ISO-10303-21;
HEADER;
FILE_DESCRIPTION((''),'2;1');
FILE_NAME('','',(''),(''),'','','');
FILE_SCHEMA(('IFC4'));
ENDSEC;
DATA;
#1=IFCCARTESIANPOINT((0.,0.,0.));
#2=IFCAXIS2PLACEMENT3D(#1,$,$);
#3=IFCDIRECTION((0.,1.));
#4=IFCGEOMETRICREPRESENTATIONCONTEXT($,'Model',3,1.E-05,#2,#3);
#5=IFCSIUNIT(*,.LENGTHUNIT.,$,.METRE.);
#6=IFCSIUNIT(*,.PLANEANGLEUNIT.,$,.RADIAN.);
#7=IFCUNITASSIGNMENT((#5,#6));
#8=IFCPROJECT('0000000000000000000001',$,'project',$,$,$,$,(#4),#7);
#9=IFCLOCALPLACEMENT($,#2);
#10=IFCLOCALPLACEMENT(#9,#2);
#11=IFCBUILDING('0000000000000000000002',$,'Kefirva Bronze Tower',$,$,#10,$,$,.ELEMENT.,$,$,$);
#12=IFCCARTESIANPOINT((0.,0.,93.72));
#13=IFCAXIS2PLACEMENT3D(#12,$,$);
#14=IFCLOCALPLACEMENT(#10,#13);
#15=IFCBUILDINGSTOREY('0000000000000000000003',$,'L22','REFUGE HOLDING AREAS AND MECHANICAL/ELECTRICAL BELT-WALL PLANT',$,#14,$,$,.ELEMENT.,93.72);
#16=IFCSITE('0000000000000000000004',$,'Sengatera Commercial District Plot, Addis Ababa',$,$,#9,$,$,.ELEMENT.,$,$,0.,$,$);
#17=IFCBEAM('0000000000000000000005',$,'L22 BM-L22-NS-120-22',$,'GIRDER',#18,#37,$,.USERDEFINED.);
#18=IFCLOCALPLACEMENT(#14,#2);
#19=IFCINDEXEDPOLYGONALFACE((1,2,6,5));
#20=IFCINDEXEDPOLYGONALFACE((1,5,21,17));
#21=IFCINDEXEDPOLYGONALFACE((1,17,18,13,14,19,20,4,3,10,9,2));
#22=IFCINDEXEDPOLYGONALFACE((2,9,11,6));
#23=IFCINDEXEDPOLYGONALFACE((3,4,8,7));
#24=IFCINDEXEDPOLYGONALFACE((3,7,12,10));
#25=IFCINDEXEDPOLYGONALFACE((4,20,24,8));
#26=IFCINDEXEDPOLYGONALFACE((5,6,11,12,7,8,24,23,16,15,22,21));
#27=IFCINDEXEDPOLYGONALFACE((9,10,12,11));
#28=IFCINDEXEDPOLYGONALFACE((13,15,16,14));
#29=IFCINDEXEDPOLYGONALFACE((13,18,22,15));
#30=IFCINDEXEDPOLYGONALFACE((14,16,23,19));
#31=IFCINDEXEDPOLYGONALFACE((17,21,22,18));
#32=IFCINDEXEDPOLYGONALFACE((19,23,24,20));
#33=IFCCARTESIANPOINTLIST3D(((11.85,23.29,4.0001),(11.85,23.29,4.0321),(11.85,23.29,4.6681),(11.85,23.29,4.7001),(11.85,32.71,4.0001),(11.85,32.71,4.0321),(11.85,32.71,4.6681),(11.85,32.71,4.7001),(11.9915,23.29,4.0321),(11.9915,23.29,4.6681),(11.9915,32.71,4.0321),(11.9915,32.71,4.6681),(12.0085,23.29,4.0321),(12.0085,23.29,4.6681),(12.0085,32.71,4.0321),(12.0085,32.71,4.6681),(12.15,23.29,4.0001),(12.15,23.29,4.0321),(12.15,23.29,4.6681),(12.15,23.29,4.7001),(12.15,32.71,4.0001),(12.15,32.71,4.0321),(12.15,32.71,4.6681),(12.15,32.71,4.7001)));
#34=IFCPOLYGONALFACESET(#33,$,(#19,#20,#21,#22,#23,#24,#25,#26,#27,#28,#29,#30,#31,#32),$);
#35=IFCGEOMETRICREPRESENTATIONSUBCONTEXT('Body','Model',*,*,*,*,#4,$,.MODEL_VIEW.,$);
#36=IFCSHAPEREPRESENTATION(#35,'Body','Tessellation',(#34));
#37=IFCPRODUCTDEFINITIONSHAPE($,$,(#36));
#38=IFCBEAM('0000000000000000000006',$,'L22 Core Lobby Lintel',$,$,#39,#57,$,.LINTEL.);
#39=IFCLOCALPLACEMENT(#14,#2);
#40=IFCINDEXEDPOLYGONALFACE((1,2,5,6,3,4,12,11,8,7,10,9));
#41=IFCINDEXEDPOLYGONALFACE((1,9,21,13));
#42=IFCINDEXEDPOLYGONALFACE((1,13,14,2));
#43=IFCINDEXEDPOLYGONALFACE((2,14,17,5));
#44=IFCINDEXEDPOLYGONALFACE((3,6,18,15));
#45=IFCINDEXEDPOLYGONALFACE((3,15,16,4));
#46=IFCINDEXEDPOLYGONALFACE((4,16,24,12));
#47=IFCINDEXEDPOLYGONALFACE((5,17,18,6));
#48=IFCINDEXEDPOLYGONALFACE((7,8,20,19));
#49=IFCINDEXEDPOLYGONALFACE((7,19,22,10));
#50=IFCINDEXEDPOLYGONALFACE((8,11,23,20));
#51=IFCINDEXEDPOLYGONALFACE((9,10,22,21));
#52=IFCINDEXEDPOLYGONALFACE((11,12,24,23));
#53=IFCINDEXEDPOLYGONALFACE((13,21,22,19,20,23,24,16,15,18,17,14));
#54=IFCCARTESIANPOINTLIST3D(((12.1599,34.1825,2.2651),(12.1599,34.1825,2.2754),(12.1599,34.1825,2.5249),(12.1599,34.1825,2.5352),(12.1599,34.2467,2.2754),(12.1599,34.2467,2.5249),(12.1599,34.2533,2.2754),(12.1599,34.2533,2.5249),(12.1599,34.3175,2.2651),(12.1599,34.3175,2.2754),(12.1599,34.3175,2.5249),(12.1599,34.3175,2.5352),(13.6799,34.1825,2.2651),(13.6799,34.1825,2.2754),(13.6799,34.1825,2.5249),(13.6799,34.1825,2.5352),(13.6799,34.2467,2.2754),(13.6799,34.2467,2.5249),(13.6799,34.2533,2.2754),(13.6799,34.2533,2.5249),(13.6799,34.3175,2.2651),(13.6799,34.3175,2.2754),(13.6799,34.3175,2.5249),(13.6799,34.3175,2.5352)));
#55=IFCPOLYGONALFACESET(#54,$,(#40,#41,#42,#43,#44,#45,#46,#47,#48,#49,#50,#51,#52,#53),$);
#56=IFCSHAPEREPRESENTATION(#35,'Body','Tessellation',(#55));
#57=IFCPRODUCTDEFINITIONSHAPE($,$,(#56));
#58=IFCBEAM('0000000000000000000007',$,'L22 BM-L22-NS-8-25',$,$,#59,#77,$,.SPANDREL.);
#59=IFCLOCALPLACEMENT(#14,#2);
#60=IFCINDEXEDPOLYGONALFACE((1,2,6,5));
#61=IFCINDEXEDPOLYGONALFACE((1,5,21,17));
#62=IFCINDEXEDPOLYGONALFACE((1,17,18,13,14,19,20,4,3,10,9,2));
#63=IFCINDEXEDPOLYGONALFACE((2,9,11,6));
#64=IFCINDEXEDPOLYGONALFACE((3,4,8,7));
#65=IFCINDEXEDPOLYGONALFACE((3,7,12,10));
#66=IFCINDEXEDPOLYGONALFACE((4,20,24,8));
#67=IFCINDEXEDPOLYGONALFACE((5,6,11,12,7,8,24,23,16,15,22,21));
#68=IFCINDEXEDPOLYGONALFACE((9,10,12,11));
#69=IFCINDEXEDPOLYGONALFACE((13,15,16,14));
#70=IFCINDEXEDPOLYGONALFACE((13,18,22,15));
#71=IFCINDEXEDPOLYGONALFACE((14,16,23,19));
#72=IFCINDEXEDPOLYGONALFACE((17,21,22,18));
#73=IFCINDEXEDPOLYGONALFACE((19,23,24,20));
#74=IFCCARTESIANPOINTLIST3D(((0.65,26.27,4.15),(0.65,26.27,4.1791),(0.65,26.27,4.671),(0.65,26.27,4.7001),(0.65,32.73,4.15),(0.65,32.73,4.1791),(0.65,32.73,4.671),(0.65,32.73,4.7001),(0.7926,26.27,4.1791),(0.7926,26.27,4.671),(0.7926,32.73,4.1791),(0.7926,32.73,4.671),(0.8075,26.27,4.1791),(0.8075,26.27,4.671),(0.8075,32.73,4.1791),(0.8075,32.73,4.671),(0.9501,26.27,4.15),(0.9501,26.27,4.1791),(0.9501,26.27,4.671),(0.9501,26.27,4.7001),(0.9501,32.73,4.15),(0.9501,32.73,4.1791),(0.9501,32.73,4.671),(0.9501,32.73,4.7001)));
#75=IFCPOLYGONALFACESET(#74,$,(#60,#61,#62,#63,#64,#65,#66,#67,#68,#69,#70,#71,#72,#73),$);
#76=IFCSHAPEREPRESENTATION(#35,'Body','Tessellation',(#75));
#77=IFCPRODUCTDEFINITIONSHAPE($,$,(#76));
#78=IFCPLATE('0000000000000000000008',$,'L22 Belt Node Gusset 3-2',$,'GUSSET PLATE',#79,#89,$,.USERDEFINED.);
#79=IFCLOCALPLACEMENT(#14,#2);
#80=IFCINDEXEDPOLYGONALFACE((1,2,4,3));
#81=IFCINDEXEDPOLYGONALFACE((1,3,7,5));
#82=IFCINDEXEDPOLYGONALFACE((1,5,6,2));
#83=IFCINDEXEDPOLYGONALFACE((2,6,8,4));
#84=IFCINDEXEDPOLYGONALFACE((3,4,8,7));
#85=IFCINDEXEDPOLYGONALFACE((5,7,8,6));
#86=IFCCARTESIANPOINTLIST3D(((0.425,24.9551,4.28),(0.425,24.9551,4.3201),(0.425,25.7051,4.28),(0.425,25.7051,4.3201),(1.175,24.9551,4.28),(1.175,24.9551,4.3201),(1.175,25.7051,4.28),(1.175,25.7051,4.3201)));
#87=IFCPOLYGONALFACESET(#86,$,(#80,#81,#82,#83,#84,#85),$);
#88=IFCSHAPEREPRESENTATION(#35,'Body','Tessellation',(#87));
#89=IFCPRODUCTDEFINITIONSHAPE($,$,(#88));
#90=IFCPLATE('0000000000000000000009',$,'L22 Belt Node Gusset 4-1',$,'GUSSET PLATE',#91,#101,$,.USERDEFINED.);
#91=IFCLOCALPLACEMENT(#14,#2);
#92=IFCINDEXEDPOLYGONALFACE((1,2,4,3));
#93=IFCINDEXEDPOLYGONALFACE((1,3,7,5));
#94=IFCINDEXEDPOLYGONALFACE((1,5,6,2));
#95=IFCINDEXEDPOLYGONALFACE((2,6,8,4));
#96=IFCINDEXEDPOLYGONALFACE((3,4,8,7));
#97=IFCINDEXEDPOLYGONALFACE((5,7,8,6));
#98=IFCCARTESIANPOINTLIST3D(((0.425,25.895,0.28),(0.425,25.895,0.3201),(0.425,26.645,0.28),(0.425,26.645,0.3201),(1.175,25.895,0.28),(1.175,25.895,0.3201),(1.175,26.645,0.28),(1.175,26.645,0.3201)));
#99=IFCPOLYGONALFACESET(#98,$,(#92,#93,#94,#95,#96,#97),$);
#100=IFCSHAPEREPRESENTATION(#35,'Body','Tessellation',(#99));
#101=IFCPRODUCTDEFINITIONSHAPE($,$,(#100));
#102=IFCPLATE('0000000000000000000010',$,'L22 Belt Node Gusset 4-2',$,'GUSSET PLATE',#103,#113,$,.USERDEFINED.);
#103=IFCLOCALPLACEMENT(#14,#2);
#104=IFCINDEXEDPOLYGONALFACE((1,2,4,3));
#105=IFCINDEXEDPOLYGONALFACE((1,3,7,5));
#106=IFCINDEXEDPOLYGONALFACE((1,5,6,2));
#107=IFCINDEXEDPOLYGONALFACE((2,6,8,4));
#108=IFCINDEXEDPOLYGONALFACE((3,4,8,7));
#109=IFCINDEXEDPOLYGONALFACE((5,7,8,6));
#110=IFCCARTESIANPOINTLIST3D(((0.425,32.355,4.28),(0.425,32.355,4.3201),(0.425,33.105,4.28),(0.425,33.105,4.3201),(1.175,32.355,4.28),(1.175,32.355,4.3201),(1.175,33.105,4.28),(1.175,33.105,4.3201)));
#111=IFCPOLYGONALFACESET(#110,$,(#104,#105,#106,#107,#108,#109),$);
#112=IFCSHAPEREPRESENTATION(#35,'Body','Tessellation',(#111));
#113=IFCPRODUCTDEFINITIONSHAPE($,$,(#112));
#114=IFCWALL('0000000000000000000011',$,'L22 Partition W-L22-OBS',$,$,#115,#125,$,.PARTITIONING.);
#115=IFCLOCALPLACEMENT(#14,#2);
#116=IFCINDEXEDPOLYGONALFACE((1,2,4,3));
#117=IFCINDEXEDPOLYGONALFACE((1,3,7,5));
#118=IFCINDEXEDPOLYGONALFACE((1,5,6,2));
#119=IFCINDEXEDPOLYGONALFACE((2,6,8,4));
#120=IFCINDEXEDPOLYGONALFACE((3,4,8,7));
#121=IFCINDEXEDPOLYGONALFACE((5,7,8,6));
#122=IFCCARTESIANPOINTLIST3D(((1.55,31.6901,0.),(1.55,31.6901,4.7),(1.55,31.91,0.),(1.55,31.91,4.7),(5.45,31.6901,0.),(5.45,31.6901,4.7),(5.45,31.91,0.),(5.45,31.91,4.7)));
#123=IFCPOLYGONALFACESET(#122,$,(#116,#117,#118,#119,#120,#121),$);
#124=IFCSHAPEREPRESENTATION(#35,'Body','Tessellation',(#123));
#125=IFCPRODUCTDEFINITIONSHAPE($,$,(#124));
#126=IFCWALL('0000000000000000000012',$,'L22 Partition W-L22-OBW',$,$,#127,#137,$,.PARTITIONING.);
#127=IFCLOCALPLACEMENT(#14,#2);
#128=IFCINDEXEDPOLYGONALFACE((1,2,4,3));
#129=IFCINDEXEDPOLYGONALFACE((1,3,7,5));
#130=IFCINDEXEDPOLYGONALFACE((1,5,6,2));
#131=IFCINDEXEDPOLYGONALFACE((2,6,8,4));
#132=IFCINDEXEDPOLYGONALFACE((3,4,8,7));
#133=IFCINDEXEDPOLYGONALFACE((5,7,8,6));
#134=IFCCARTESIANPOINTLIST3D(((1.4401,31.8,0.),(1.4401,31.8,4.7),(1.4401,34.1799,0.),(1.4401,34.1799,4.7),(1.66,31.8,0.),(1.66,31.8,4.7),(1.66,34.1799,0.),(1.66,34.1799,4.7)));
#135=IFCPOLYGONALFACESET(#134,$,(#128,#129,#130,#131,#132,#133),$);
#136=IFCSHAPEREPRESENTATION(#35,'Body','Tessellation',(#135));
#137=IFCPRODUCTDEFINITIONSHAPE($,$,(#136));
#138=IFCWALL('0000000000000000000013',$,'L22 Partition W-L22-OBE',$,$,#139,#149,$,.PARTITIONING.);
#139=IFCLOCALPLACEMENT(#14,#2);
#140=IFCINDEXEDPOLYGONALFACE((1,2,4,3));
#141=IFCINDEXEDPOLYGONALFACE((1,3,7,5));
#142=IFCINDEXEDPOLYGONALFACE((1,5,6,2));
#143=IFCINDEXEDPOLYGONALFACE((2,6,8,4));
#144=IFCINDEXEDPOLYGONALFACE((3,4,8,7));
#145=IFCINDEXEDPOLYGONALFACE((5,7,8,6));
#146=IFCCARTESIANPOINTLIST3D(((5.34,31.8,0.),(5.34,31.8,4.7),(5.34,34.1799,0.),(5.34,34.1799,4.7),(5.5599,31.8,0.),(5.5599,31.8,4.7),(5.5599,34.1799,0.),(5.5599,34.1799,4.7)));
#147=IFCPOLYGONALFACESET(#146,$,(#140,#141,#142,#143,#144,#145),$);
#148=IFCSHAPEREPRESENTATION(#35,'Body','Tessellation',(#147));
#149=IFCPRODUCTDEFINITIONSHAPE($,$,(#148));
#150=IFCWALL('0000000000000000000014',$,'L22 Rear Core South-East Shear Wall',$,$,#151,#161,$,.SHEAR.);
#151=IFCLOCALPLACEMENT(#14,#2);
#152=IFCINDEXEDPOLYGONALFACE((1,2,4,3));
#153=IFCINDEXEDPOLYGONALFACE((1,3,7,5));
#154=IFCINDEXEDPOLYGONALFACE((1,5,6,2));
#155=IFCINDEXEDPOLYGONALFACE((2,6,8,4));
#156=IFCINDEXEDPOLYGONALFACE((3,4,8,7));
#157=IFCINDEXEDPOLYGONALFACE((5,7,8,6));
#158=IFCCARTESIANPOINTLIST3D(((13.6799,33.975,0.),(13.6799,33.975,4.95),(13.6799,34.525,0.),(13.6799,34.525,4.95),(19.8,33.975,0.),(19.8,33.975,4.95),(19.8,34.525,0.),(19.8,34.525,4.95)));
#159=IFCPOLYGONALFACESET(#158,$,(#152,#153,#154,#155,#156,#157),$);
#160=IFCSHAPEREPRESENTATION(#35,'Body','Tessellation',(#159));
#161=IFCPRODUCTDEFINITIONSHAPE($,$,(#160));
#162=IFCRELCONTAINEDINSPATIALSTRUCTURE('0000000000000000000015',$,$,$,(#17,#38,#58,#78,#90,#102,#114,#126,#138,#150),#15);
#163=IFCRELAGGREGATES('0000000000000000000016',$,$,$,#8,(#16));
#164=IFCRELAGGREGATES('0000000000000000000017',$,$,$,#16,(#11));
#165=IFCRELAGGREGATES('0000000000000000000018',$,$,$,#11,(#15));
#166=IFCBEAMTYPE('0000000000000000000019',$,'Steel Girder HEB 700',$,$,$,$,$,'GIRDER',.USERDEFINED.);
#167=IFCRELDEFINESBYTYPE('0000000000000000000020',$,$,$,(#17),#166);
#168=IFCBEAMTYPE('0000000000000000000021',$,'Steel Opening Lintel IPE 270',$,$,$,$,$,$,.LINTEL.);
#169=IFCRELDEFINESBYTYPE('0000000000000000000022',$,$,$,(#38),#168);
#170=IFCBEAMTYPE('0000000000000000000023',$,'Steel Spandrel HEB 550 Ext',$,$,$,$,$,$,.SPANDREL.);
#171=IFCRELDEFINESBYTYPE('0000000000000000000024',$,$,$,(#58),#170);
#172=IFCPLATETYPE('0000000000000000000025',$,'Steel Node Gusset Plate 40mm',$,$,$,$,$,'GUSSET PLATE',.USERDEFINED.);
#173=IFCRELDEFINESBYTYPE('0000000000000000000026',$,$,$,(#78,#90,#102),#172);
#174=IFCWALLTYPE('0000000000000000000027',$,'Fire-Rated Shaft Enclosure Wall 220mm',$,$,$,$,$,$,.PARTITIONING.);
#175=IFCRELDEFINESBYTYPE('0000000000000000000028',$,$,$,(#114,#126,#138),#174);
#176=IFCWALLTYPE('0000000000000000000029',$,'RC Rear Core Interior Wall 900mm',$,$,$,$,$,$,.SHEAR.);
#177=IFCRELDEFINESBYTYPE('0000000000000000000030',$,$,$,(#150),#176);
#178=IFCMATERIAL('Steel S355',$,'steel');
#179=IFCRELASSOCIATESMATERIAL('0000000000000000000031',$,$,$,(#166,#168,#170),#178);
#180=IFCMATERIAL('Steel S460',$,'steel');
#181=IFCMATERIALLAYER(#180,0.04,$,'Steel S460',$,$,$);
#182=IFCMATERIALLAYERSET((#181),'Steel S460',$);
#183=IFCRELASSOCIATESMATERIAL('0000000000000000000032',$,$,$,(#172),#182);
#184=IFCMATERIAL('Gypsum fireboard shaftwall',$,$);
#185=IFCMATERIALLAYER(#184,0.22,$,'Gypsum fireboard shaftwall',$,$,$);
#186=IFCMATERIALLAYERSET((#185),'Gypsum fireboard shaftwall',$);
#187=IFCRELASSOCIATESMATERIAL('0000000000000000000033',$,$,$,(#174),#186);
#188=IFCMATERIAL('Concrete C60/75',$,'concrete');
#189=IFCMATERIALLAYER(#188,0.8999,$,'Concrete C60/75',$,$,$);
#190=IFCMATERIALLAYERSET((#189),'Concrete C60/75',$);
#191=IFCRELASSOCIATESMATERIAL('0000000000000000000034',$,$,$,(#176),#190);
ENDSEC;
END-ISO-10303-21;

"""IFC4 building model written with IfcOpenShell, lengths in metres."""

from ifc_helpers import new_model, si_unit, direction, frame, frame_2d, origin, origin_2d, place, context, subcontext, project, spatial, rectangle, i_section, extrude, material, layer, layer_set, material_profile, profile_set, type_object, element, save


model = new_model("IFC4")

# Units and contexts
model_context = context("Model", 3, precision=1e-05, world=origin(), true_north=direction((0.0, 1.0)))
body_context = subcontext(model_context, "Body", "Model", "MODEL_VIEW")
ifc_project = project(units=[si_unit("LENGTHUNIT", "METRE"), si_unit("PLANEANGLEUNIT", "RADIAN")], contexts=[model_context])

# Site, building, storey
site_placement = place(None, origin())
site = spatial("IfcSite", under=ifc_project, at=site_placement, Name="Sengatera Commercial District Plot, Addis Ababa", CompositionType="ELEMENT", RefElevation=0.0)
building_placement = place(site_placement, origin())
building = spatial("IfcBuilding", under=site, at=building_placement, Name="Kefirva Bronze Tower", CompositionType="ELEMENT")
storey_placement = place(building_placement, frame((0.0, 0.0, 93.72)))
storey = spatial("IfcBuildingStorey", under=building, at=storey_placement, Name="L22", Description="REFUGE HOLDING AREAS AND MECHANICAL/ELECTRICAL BELT-WALL PLANT", CompositionType="ELEMENT", Elevation=93.72)

# Shared definitions
ifc_material_1 = material(Name="Concrete C60/75", Category="concrete")

# Shared definitions
ifc_material_2 = material(Name="Steel S460", Category="steel")

# Beams
ifc_material_3 = material(Name="Steel S355", Category="steel")
ifc_material_profile_1 = material_profile(ifc_material_3, i_section(OverallWidth=0.3, OverallDepth=0.7, WebThickness=0.0171, FlangeThickness=0.032, at=origin_2d()), Name="HEB 700")
ifc_profile_set_1 = profile_set([ifc_material_profile_1], Name="Steel S355")
beam_type_1 = type_object("IfcBeamType", Name="Steel Girder HEB 700", ElementType="GIRDER", PredefinedType="USERDEFINED", material=ifc_profile_set_1)
beam_1_placement = place(storey_placement, frame((12.0, 23.29, 4.3501), z_axis=(0.0, 1.0, 0.0), x_axis=(-1.0, 0.0, 0.0)))
element("IfcBeam", 1, at=beam_1_placement, inside=storey, type_object=beam_type_1, Name="L22 BM-L22-NS-120-22", ObjectType="GIRDER", PredefinedType="USERDEFINED", context=body_context, shape_type="SweptSolid", body=[
    extrude(i_section(OverallWidth=0.3, OverallDepth=0.7, WebThickness=0.0171, FlangeThickness=0.032, at=origin_2d()), origin(), (0.0, 0.0, 1.0), 9.4199),
])
ifc_material_profile_2 = material_profile(ifc_material_3, i_section(OverallWidth=0.135, OverallDepth=0.27, WebThickness=0.0066, FlangeThickness=0.0103, at=origin_2d()), Name="IPE 270")
ifc_profile_set_2 = profile_set([ifc_material_profile_2], Name="Steel S355")
beam_type_2 = type_object("IfcBeamType", Name="Steel Opening Lintel IPE 270", PredefinedType="LINTEL", material=ifc_profile_set_2)
beam_2_placement = place(storey_placement, frame((12.1599, 34.25, 2.4001), z_axis=(1.0, 0.0, 0.0), x_axis=(0.0, 1.0, 0.0)))
element("IfcBeam", 2, at=beam_2_placement, inside=storey, type_object=beam_type_2, Name="L22 Core Lobby Lintel", PredefinedType="LINTEL", context=body_context, shape_type="SweptSolid", body=[
    extrude(i_section(OverallWidth=0.135, OverallDepth=0.27, WebThickness=0.0066, FlangeThickness=0.0103, at=origin_2d()), origin(), (0.0, 0.0, 1.0), 1.52),
])
ifc_material_profile_3 = material_profile(ifc_material_3, i_section(OverallWidth=0.3, OverallDepth=0.55, WebThickness=0.0149, FlangeThickness=0.0291, at=origin_2d()), Name="HEB 550")
ifc_profile_set_3 = profile_set([ifc_material_profile_3], Name="Steel S355")
beam_type_3 = type_object("IfcBeamType", Name="Steel Spandrel HEB 550 Ext", PredefinedType="SPANDREL", material=ifc_profile_set_3)
beam_3_placement = place(storey_placement, frame((0.8, 26.27, 4.425), z_axis=(0.0, 1.0, 0.0), x_axis=(-1.0, 0.0, 0.0)))
element("IfcBeam", 3, at=beam_3_placement, inside=storey, type_object=beam_type_3, Name="L22 BM-L22-NS-8-25", PredefinedType="SPANDREL", context=body_context, shape_type="SweptSolid", body=[
    extrude(i_section(OverallWidth=0.3, OverallDepth=0.55, WebThickness=0.0149, FlangeThickness=0.0291, at=origin_2d()), origin(), (0.0, 0.0, 1.0), 6.46),
])

# Plates
ifc_layer_1 = layer(ifc_material_2, 0.04, Name="Steel S460")
ifc_layer_set_1 = layer_set([ifc_layer_1], Name="Steel S460")
plate_type = type_object("IfcPlateType", Name="Steel Node Gusset Plate 40mm", ElementType="GUSSET PLATE", PredefinedType="USERDEFINED", material=ifc_layer_set_1)
for number, where, z_axis, x_axis, name in (
    (4, (0.8, 25.3301, 4.28), (0.0, 0.0, 1.0), (1.0, 0.0, 0.0), "L22 Belt Node Gusset 3-2"),
    (5, (0.8, 26.27, 0.28), (0.0, 0.0, 1.0), (1.0, 0.0, 0.0), "L22 Belt Node Gusset 4-1"),
    (6, (0.8, 32.73, 4.28), (0.0, 0.0, 1.0), (1.0, 0.0, 0.0), "L22 Belt Node Gusset 4-2"),
):
    element("IfcPlate", number, at=place(storey_placement, frame(where, z_axis=z_axis, x_axis=x_axis)), inside=storey, type_object=plate_type, Name=name, ObjectType="GUSSET PLATE", PredefinedType="USERDEFINED", context=body_context, shape_type="SweptSolid", body=[
        extrude(rectangle(XDim=0.75, YDim=0.75, at=origin_2d()), origin(), (0.0, 0.0, 1.0), 0.04),
    ])

# Walls
ifc_material_4 = material(Name="Gypsum fireboard shaftwall")
ifc_layer_2 = layer(ifc_material_4, 0.22, Name="Gypsum fireboard shaftwall")
ifc_layer_set_2 = layer_set([ifc_layer_2], Name="Gypsum fireboard shaftwall")
wall_type_1 = type_object("IfcWallType", Name="Fire-Rated Shaft Enclosure Wall 220mm", PredefinedType="PARTITIONING", material=ifc_layer_set_2)
wall_1_placement = place(storey_placement, frame((1.55, 31.8, 0.0), z_axis=(0.0, 0.0, 1.0), x_axis=(1.0, 0.0, 0.0)))
element("IfcWall", 7, at=wall_1_placement, inside=storey, type_object=wall_type_1, Name="L22 Partition W-L22-OBS", PredefinedType="PARTITIONING", context=body_context, shape_type="SweptSolid", body=[
    extrude(rectangle(XDim=3.8999, YDim=0.22, at=frame_2d((1.95, 0.0))), origin(), (0.0, 0.0, 1.0), 4.7),
])
for number, where, z_axis, x_axis, name in (
    (8, (1.55, 31.8, 0.0), (0.0, 0.0, 1.0), (0.0, 1.0, 0.0), "L22 Partition W-L22-OBW"),
    (9, (5.45, 31.8, 0.0), (0.0, 0.0, 1.0), (0.0, 1.0, 0.0), "L22 Partition W-L22-OBE"),
):
    element("IfcWall", number, at=place(storey_placement, frame(where, z_axis=z_axis, x_axis=x_axis)), inside=storey, type_object=wall_type_1, Name=name, PredefinedType="PARTITIONING", context=body_context, shape_type="SweptSolid", body=[
        extrude(rectangle(XDim=2.3799, YDim=0.22, at=frame_2d((1.1899, 0.0))), origin(), (0.0, 0.0, 1.0), 4.7),
    ])

# Shared definitions
ifc_layer_3 = layer(ifc_material_1, 0.8999, Name="Concrete C60/75")
ifc_layer_set_3 = layer_set([ifc_layer_3], Name="Concrete C60/75")
wall_type_2 = type_object("IfcWallType", Name="RC Rear Core Interior Wall 900mm", PredefinedType="SHEAR", material=ifc_layer_set_3)

# Wall
wall_2_placement = place(storey_placement, frame((13.6799, 34.25, 0.0), z_axis=(0.0, 0.0, 1.0), x_axis=(1.0, 0.0, 0.0)))
element("IfcWall", 10, at=wall_2_placement, inside=storey, type_object=wall_type_2, Name="L22 Rear Core South-East Shear Wall", PredefinedType="SHEAR", context=body_context, shape_type="SweptSolid", body=[
    extrude(rectangle(XDim=6.1201, YDim=0.55, at=frame_2d((3.0601, 0.0))), origin(), (0.0, 0.0, 1.0), 4.95),
])

save(model, "model.ifc")
